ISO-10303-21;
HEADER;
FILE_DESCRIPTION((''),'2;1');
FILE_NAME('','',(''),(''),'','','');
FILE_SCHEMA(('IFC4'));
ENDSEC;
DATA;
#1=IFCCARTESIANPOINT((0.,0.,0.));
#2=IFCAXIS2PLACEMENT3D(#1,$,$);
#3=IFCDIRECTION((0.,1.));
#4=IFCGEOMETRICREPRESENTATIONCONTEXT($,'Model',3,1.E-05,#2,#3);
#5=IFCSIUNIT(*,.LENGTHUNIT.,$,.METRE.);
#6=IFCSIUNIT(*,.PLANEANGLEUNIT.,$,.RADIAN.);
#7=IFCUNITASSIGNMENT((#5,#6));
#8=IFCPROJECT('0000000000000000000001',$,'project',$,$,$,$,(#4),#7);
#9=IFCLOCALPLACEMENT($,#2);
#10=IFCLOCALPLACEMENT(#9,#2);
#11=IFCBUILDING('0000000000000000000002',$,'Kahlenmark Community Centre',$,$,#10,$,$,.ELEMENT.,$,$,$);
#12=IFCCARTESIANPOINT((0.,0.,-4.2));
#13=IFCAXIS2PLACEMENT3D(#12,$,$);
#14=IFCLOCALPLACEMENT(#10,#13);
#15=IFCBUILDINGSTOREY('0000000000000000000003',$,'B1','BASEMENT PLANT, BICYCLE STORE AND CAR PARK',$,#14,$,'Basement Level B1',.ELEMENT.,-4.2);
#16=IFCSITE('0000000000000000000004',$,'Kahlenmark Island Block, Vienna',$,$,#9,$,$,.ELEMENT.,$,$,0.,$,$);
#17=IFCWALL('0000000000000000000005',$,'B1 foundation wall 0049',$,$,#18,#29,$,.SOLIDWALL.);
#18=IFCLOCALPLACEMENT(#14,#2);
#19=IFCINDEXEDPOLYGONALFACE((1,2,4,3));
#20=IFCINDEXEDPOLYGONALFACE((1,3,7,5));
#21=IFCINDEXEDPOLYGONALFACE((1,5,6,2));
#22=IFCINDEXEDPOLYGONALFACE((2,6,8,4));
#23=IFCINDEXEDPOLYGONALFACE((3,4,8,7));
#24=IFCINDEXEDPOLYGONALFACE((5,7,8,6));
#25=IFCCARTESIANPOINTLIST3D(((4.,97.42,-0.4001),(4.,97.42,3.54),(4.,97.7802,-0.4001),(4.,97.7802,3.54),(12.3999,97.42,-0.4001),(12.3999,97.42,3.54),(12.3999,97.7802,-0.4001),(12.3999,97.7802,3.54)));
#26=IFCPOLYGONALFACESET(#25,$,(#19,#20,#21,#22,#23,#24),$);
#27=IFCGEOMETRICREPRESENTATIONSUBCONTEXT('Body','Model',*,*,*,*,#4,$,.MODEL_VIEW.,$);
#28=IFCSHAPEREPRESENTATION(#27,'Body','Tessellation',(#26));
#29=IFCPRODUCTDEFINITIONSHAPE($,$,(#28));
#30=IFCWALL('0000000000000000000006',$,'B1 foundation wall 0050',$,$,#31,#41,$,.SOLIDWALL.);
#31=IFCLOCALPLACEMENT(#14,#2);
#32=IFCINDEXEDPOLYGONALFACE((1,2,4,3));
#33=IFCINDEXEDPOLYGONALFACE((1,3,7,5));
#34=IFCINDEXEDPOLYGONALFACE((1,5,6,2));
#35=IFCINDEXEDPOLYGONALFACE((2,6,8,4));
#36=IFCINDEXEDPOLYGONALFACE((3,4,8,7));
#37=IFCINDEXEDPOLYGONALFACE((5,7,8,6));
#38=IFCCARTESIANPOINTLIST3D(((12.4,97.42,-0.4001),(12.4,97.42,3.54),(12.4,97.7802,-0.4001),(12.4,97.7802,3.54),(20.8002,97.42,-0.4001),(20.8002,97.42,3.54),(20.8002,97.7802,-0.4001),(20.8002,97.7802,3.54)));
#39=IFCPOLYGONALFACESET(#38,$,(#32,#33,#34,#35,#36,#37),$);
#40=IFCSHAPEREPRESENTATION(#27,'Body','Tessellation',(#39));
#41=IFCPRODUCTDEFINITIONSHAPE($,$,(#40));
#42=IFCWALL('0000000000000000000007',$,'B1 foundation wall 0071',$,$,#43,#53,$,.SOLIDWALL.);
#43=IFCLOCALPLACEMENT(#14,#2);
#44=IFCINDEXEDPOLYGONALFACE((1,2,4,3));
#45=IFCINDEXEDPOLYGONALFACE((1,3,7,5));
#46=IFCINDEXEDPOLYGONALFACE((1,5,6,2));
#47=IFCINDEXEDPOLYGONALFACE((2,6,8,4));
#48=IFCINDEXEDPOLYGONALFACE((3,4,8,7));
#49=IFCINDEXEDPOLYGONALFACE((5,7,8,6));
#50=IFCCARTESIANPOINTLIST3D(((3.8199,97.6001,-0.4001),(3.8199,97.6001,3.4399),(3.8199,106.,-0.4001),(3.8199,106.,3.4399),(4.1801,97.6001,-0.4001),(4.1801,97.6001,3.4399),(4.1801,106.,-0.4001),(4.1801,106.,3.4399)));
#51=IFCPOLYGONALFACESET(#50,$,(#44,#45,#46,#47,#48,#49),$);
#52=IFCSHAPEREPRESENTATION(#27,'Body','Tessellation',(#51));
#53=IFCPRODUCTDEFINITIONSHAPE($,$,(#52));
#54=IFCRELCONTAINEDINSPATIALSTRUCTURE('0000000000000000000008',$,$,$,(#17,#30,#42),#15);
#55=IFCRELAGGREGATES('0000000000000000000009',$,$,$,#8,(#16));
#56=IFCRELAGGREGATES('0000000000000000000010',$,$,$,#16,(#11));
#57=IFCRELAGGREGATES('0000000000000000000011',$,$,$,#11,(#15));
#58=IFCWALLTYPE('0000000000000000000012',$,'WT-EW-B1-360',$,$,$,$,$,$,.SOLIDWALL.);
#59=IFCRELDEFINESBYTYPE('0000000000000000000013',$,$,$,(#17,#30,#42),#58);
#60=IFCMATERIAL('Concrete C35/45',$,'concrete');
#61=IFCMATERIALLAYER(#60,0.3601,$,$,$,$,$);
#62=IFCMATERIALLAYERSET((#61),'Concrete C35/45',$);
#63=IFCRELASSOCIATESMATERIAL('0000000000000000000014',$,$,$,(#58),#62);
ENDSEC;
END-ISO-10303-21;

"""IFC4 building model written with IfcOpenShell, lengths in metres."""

from ifc_helpers import new_model, si_unit, direction, frame, frame_2d, origin, place, context, subcontext, project, spatial, rectangle, extrude, material, layer, layer_set, type_object, element, save


model = new_model("IFC4")

# Units and contexts
model_context = context("Model", 3, precision=1e-05, world=origin(), true_north=direction((0.0, 1.0)))
body_context = subcontext(model_context, "Body", "Model", "MODEL_VIEW")
ifc_project = project(units=[si_unit("LENGTHUNIT", "METRE"), si_unit("PLANEANGLEUNIT", "RADIAN")], contexts=[model_context])

# Site, building, storey
site_placement = place(None, origin())
site = spatial("IfcSite", under=ifc_project, at=site_placement, Name="Kahlenmark Island Block, Vienna", CompositionType="ELEMENT", RefElevation=0.0)
building_placement = place(site_placement, origin())
building = spatial("IfcBuilding", under=site, at=building_placement, Name="Kahlenmark Community Centre", CompositionType="ELEMENT")
storey_placement = place(building_placement, frame((0.0, 0.0, -4.2)))
storey = spatial("IfcBuildingStorey", under=building, at=storey_placement, Name="B1", Description="BASEMENT PLANT, BICYCLE STORE AND CAR PARK", LongName="Basement Level B1", CompositionType="ELEMENT", Elevation=-4.2)

# Shared definitions
ifc_material_1 = material(Name="Concrete C35/45", Category="concrete")

# Walls
ifc_layer = layer(ifc_material_1, 0.3601)
ifc_layer_set = layer_set([ifc_layer], Name="Concrete C35/45")
wall_type = type_object("IfcWallType", Name="WT-EW-B1-360", PredefinedType="SOLIDWALL", material=ifc_layer_set)
wall_1_placement = place(storey_placement, frame((4.0, 97.6001, -0.4001), z_axis=(0.0, 0.0, 1.0), x_axis=(1.0, 0.0, 0.0)))
element("IfcWall", 1, at=wall_1_placement, inside=storey, type_object=wall_type, Name="B1 foundation wall 0049", PredefinedType="SOLIDWALL", context=body_context, shape_type="SweptSolid", body=[
    extrude(rectangle(XDim=8.3999, YDim=0.3601, at=frame_2d((4.2, 0.0))), origin(), (0.0, 0.0, 1.0), 3.9402),
])
wall_2_placement = place(storey_placement, frame((12.3999, 97.6001, -0.4001), z_axis=(0.0, 0.0, 1.0), x_axis=(1.0, 0.0, 0.0)))
element("IfcWall", 2, at=wall_2_placement, inside=storey, type_object=wall_type, Name="B1 foundation wall 0050", PredefinedType="SOLIDWALL", context=body_context, shape_type="SweptSolid", body=[
    extrude(rectangle(XDim=8.4001, YDim=0.3601, at=frame_2d((4.2002, 0.0))), origin(), (0.0, 0.0, 1.0), 3.9402),
])
wall_3_placement = place(storey_placement, frame((4.0, 97.6001, -0.4001), z_axis=(0.0, 0.0, 1.0), x_axis=(0.0, 1.0, 0.0)))
element("IfcWall", 3, at=wall_3_placement, inside=storey, type_object=wall_type, Name="B1 foundation wall 0071", PredefinedType="SOLIDWALL", context=body_context, shape_type="SweptSolid", body=[
    extrude(rectangle(XDim=8.3999, YDim=0.3601, at=frame_2d((4.2, 0.0))), origin(), (0.0, 0.0, 1.0), 3.8401),
])

save(model, "model.ifc")
